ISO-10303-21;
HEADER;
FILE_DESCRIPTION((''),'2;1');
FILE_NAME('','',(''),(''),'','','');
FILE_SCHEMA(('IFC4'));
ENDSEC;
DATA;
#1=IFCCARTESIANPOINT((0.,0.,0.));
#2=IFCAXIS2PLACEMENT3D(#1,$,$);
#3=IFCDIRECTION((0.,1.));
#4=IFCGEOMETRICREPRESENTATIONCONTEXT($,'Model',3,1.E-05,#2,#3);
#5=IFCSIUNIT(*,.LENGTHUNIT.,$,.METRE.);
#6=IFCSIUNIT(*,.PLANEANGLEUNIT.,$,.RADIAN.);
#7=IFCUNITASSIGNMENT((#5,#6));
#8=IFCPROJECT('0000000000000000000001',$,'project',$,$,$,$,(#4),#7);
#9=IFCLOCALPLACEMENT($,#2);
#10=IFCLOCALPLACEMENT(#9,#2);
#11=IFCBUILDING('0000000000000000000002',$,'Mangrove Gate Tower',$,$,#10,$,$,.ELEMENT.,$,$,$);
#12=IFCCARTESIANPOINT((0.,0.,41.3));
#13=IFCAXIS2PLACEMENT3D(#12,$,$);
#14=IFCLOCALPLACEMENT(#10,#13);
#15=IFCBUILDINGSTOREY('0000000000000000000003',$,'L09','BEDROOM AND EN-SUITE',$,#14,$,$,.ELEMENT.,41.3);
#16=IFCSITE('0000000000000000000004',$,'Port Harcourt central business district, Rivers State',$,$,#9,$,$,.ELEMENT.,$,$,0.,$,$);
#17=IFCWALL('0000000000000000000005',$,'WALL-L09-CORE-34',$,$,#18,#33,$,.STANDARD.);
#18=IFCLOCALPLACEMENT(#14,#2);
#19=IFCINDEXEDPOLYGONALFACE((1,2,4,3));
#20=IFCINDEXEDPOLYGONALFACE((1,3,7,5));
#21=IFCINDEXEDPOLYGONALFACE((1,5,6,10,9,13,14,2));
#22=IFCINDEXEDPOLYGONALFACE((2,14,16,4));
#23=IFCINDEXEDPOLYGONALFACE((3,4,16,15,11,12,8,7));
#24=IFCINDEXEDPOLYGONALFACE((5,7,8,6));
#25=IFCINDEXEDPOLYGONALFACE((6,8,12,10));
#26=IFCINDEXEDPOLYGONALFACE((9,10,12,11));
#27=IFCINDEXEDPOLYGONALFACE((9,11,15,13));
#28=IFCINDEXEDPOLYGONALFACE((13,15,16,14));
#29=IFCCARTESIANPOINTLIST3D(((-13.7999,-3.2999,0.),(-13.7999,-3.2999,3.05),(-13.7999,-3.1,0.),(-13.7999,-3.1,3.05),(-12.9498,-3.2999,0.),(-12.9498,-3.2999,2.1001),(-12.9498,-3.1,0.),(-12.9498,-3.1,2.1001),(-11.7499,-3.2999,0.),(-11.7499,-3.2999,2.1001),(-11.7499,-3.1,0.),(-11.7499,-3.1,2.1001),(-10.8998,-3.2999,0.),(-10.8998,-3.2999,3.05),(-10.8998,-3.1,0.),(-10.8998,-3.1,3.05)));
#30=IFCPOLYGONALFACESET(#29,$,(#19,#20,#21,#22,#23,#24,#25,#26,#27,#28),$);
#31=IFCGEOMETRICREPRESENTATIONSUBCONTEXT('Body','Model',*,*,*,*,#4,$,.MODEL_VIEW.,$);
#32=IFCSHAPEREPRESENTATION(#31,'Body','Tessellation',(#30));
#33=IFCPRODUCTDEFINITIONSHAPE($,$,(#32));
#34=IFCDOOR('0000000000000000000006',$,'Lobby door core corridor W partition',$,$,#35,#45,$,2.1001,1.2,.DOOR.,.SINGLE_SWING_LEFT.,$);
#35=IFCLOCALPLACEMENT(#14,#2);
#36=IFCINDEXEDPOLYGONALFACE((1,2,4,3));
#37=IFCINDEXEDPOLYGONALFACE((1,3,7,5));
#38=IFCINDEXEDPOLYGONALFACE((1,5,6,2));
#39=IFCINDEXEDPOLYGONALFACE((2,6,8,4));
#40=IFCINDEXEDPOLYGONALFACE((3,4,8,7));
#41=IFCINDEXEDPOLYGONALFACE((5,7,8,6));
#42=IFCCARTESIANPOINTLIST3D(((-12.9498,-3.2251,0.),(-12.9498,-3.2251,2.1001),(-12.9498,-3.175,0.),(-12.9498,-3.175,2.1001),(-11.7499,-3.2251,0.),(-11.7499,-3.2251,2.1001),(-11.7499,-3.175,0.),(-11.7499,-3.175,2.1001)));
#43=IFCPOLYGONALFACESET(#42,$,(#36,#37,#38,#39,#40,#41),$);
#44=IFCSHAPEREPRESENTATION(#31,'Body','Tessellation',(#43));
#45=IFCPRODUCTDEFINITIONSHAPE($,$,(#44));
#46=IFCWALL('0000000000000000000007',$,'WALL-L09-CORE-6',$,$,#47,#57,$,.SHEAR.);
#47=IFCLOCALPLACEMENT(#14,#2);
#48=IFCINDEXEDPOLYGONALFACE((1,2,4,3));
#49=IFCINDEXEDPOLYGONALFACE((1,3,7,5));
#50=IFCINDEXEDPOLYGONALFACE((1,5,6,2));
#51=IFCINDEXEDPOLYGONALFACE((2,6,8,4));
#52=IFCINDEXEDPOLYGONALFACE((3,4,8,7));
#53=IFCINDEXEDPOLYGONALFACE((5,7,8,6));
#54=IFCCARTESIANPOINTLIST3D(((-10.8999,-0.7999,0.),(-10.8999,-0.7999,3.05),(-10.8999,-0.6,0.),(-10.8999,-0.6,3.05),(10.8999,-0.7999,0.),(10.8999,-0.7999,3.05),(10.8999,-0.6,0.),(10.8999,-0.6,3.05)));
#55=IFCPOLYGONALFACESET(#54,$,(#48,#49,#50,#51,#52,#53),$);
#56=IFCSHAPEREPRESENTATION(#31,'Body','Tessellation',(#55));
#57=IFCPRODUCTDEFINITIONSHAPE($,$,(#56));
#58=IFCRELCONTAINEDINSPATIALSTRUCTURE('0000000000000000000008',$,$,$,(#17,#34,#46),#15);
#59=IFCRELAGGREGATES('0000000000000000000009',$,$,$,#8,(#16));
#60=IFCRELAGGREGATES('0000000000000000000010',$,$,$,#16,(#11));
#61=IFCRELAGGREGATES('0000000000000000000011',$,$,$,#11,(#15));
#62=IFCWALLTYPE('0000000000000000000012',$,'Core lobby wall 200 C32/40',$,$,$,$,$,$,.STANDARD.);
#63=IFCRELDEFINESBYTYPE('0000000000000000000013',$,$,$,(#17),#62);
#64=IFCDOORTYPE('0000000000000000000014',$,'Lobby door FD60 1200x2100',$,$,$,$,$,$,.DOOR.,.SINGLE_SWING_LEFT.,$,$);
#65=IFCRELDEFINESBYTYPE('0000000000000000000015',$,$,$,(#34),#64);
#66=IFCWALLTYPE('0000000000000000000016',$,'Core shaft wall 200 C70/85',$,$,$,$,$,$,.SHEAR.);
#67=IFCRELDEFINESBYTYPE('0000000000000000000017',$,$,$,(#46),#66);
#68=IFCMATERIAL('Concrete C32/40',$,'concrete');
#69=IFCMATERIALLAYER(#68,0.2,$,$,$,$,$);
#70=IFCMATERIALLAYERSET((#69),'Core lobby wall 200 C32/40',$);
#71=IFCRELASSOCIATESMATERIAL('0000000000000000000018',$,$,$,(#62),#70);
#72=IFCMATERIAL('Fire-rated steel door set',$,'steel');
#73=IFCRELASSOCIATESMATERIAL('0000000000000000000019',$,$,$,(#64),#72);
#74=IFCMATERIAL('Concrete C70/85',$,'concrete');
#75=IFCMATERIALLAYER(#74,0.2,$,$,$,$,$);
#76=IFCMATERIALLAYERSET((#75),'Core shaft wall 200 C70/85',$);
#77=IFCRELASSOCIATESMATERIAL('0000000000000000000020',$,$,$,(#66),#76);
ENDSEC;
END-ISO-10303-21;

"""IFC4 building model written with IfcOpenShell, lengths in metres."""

from ifc_helpers import new_model, si_unit, direction, frame, frame_2d, origin, place, context, subcontext, project, spatial, rectangle, extrude, material, layer, layer_set, type_object, element, fill, save


model = new_model("IFC4")

# Units and contexts
model_context = context("Model", 3, precision=1e-05, world=origin(), true_north=direction((0.0, 1.0)))
body_context = subcontext(model_context, "Body", "Model", "MODEL_VIEW")
ifc_project = project(units=[si_unit("LENGTHUNIT", "METRE"), si_unit("PLANEANGLEUNIT", "RADIAN")], contexts=[model_context])

# Site, building, storey
site_placement = place(None, origin())
site = spatial("IfcSite", under=ifc_project, at=site_placement, Name="Port Harcourt central business district, Rivers State", CompositionType="ELEMENT", RefElevation=0.0)
building_placement = place(site_placement, origin())
building = spatial("IfcBuilding", under=site, at=building_placement, Name="Mangrove Gate Tower", CompositionType="ELEMENT")
storey_placement = place(building_placement, frame((0.0, 0.0, 41.3)))
storey = spatial("IfcBuildingStorey", under=building, at=storey_placement, Name="L09", Description="BEDROOM AND EN-SUITE", CompositionType="ELEMENT", Elevation=41.3)

# Wall, opening, door
ifc_material_1 = material(Name="Concrete C32/40", Category="concrete")
ifc_layer_1 = layer(ifc_material_1, 0.2)
ifc_layer_set_1 = layer_set([ifc_layer_1], Name="Core lobby wall 200 C32/40")
wall_type_1 = type_object("IfcWallType", Name="Core lobby wall 200 C32/40", PredefinedType="STANDARD", material=ifc_layer_set_1)
wall_1_placement = place(storey_placement, frame((-13.8, -3.2, 0.0), z_axis=(0.0, 0.0, 1.0), x_axis=(1.0, 0.0, 0.0)))
wall_1 = element("IfcWall", 1, at=wall_1_placement, inside=storey, type_object=wall_type_1, Name="WALL-L09-CORE-34", PredefinedType="STANDARD", context=body_context, shape_type="SweptSolid", body=[
    extrude(rectangle(XDim=2.9001, YDim=0.2, at=frame_2d((1.4502, 0.0))), origin(), (0.0, 0.0, 1.0), 3.05),
])
opening_1_placement = place(wall_1_placement, frame((0.8501, 0.0, 0.0)))
opening_1 = element("IfcOpeningElement", 2, at=opening_1_placement, cuts=wall_1, PredefinedType="OPENING", context=body_context, shape_type="SweptSolid", body=[
    extrude(rectangle(XDim=1.2, YDim=2.1001, at=frame_2d((0.6001, 1.05))), frame((0.0, 0.1099, 0.0), z_axis=(0.0, -1.0, 0.0), x_axis=(1.0, 0.0, 0.0)), (0.0, 0.0, 1.0), 0.22),
])
ifc_material_2 = material(Name="Fire-rated steel door set", Category="steel")
door_type_1 = type_object("IfcDoorType", Name="Lobby door FD60 1200x2100", OperationType="SINGLE_SWING_LEFT", PredefinedType="DOOR", material=ifc_material_2)
door_1_placement = place(opening_1_placement, origin())
door_1 = element("IfcDoor", 3, at=door_1_placement, inside=storey, type_object=door_type_1, Name="Lobby door core corridor W partition", OperationType="SINGLE_SWING_LEFT", OverallHeight=2.1001, OverallWidth=1.2, PredefinedType="DOOR", context=body_context, shape_type="SweptSolid", body=[
    extrude(rectangle(XDim=1.2, YDim=2.1001, at=frame_2d((0.6001, 1.05))), frame((0.0, 0.0249, 0.0), z_axis=(0.0, -1.0, 0.0), x_axis=(1.0, 0.0, 0.0)), (0.0, 0.0, 1.0), 0.05),
])
fill(opening_1, door_1)

# Wall
ifc_material_3 = material(Name="Concrete C70/85", Category="concrete")
ifc_layer_2 = layer(ifc_material_3, 0.2)
ifc_layer_set_2 = layer_set([ifc_layer_2], Name="Core shaft wall 200 C70/85")
wall_type_2 = type_object("IfcWallType", Name="Core shaft wall 200 C70/85", PredefinedType="SHEAR", material=ifc_layer_set_2)
wall_2_placement = place(storey_placement, frame((-10.8999, -0.7, 0.0), z_axis=(0.0, 0.0, 1.0), x_axis=(1.0, 0.0, 0.0)))
element("IfcWall", 4, at=wall_2_placement, inside=storey, type_object=wall_type_2, Name="WALL-L09-CORE-6", PredefinedType="SHEAR", context=body_context, shape_type="SweptSolid", body=[
    extrude(rectangle(XDim=21.7998, YDim=0.2, at=frame_2d((10.8999, 0.0))), origin(), (0.0, 0.0, 1.0), 3.05),
])

save(model, "model.ifc")
